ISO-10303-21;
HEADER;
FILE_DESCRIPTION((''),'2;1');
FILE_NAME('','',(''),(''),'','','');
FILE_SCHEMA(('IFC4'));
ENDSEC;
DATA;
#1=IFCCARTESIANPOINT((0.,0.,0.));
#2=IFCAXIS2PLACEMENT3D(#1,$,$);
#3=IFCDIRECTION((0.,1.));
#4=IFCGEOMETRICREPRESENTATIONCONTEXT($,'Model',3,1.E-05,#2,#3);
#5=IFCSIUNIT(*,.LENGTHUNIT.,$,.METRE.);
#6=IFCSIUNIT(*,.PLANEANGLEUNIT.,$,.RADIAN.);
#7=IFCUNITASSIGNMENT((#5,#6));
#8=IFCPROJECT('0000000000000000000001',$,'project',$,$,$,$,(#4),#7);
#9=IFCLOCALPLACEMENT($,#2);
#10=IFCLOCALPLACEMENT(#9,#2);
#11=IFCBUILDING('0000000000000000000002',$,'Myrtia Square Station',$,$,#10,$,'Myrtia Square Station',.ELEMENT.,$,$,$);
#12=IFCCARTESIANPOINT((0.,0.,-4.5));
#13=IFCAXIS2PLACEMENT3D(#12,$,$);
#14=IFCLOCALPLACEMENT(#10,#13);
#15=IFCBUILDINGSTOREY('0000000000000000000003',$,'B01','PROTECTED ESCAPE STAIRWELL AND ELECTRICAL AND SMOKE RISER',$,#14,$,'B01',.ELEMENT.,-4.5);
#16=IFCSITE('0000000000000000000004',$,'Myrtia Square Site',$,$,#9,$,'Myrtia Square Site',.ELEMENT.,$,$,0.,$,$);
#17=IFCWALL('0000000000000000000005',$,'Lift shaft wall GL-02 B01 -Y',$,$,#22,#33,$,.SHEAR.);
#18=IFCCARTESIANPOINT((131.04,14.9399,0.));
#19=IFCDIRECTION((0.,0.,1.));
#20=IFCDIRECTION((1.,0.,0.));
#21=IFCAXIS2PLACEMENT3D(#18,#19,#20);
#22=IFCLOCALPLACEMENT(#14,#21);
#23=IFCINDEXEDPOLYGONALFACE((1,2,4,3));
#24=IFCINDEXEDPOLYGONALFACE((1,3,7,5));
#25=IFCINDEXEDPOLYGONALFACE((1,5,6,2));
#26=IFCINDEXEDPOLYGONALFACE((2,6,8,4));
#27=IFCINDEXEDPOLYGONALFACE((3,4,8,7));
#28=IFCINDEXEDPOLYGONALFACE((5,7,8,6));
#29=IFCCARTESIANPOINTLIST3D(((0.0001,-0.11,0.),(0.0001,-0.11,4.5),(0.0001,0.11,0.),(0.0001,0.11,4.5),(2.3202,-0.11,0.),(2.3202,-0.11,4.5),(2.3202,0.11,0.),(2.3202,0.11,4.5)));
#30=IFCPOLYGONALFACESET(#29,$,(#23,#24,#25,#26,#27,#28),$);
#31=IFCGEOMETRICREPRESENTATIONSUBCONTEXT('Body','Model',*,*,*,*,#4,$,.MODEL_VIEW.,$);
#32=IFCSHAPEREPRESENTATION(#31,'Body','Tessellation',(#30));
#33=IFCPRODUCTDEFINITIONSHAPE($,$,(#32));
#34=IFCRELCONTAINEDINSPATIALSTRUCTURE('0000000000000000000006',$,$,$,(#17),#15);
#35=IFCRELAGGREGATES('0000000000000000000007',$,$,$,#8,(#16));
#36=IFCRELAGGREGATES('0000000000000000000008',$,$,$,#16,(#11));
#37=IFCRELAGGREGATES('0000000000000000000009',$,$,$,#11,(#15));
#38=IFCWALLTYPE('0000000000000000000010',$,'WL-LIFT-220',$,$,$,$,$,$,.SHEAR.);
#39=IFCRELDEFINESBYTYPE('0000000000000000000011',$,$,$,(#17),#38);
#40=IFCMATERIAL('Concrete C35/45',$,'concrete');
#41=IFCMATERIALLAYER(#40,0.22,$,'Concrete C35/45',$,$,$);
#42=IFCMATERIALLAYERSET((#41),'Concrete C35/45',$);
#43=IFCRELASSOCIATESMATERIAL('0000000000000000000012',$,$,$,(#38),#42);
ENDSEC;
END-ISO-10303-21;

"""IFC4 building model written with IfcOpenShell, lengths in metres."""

from ifc_helpers import new_model, si_unit, direction, frame, frame_2d, origin, place, context, subcontext, project, spatial, rectangle, extrude, material, layer, layer_set, type_object, element, save


model = new_model("IFC4")

# Units and contexts
model_context = context("Model", 3, precision=1e-05, world=origin(), true_north=direction((0.0, 1.0)))
body_context = subcontext(model_context, "Body", "Model", "MODEL_VIEW")
ifc_project = project(units=[si_unit("LENGTHUNIT", "METRE"), si_unit("PLANEANGLEUNIT", "RADIAN")], contexts=[model_context])

# Site, building, storey
site_placement = place(None, origin())
site = spatial("IfcSite", under=ifc_project, at=site_placement, Name="Myrtia Square Site", LongName="Myrtia Square Site", CompositionType="ELEMENT", RefElevation=0.0)
building_placement = place(site_placement, origin())
building = spatial("IfcBuilding", under=site, at=building_placement, Name="Myrtia Square Station", LongName="Myrtia Square Station", CompositionType="ELEMENT")
storey_placement = place(building_placement, frame((0.0, 0.0, -4.5)))
storey = spatial("IfcBuildingStorey", under=building, at=storey_placement, Name="B01", Description="PROTECTED ESCAPE STAIRWELL AND ELECTRICAL AND SMOKE RISER", LongName="B01", CompositionType="ELEMENT", Elevation=-4.5)

# Shared definitions
ifc_material_1 = material(Name="Concrete C35/45", Category="concrete")

# Wall
ifc_layer_1 = layer(ifc_material_1, 0.22, Name="Concrete C35/45")
ifc_layer_set_1 = layer_set([ifc_layer_1], Name="Concrete C35/45")
wall_type_1 = type_object("IfcWallType", Name="WL-LIFT-220", PredefinedType="SHEAR", material=ifc_layer_set_1)
wall_1_placement = place(storey_placement, frame((131.04, 14.9399, 0.0), z_axis=(0.0, 0.0, 1.0), x_axis=(1.0, 0.0, 0.0)))
element("IfcWall", 1, at=wall_1_placement, inside=storey, type_object=wall_type_1, Name="Lift shaft wall GL-02 B01 -Y", PredefinedType="SHEAR", context=body_context, shape_type="SweptSolid", body=[
    extrude(rectangle(XDim=2.3201, YDim=0.22, at=frame_2d((1.1602, 0.0))), origin(), (0.0, 0.0, 1.0), 4.5),
])

save(model, "model.ifc")
